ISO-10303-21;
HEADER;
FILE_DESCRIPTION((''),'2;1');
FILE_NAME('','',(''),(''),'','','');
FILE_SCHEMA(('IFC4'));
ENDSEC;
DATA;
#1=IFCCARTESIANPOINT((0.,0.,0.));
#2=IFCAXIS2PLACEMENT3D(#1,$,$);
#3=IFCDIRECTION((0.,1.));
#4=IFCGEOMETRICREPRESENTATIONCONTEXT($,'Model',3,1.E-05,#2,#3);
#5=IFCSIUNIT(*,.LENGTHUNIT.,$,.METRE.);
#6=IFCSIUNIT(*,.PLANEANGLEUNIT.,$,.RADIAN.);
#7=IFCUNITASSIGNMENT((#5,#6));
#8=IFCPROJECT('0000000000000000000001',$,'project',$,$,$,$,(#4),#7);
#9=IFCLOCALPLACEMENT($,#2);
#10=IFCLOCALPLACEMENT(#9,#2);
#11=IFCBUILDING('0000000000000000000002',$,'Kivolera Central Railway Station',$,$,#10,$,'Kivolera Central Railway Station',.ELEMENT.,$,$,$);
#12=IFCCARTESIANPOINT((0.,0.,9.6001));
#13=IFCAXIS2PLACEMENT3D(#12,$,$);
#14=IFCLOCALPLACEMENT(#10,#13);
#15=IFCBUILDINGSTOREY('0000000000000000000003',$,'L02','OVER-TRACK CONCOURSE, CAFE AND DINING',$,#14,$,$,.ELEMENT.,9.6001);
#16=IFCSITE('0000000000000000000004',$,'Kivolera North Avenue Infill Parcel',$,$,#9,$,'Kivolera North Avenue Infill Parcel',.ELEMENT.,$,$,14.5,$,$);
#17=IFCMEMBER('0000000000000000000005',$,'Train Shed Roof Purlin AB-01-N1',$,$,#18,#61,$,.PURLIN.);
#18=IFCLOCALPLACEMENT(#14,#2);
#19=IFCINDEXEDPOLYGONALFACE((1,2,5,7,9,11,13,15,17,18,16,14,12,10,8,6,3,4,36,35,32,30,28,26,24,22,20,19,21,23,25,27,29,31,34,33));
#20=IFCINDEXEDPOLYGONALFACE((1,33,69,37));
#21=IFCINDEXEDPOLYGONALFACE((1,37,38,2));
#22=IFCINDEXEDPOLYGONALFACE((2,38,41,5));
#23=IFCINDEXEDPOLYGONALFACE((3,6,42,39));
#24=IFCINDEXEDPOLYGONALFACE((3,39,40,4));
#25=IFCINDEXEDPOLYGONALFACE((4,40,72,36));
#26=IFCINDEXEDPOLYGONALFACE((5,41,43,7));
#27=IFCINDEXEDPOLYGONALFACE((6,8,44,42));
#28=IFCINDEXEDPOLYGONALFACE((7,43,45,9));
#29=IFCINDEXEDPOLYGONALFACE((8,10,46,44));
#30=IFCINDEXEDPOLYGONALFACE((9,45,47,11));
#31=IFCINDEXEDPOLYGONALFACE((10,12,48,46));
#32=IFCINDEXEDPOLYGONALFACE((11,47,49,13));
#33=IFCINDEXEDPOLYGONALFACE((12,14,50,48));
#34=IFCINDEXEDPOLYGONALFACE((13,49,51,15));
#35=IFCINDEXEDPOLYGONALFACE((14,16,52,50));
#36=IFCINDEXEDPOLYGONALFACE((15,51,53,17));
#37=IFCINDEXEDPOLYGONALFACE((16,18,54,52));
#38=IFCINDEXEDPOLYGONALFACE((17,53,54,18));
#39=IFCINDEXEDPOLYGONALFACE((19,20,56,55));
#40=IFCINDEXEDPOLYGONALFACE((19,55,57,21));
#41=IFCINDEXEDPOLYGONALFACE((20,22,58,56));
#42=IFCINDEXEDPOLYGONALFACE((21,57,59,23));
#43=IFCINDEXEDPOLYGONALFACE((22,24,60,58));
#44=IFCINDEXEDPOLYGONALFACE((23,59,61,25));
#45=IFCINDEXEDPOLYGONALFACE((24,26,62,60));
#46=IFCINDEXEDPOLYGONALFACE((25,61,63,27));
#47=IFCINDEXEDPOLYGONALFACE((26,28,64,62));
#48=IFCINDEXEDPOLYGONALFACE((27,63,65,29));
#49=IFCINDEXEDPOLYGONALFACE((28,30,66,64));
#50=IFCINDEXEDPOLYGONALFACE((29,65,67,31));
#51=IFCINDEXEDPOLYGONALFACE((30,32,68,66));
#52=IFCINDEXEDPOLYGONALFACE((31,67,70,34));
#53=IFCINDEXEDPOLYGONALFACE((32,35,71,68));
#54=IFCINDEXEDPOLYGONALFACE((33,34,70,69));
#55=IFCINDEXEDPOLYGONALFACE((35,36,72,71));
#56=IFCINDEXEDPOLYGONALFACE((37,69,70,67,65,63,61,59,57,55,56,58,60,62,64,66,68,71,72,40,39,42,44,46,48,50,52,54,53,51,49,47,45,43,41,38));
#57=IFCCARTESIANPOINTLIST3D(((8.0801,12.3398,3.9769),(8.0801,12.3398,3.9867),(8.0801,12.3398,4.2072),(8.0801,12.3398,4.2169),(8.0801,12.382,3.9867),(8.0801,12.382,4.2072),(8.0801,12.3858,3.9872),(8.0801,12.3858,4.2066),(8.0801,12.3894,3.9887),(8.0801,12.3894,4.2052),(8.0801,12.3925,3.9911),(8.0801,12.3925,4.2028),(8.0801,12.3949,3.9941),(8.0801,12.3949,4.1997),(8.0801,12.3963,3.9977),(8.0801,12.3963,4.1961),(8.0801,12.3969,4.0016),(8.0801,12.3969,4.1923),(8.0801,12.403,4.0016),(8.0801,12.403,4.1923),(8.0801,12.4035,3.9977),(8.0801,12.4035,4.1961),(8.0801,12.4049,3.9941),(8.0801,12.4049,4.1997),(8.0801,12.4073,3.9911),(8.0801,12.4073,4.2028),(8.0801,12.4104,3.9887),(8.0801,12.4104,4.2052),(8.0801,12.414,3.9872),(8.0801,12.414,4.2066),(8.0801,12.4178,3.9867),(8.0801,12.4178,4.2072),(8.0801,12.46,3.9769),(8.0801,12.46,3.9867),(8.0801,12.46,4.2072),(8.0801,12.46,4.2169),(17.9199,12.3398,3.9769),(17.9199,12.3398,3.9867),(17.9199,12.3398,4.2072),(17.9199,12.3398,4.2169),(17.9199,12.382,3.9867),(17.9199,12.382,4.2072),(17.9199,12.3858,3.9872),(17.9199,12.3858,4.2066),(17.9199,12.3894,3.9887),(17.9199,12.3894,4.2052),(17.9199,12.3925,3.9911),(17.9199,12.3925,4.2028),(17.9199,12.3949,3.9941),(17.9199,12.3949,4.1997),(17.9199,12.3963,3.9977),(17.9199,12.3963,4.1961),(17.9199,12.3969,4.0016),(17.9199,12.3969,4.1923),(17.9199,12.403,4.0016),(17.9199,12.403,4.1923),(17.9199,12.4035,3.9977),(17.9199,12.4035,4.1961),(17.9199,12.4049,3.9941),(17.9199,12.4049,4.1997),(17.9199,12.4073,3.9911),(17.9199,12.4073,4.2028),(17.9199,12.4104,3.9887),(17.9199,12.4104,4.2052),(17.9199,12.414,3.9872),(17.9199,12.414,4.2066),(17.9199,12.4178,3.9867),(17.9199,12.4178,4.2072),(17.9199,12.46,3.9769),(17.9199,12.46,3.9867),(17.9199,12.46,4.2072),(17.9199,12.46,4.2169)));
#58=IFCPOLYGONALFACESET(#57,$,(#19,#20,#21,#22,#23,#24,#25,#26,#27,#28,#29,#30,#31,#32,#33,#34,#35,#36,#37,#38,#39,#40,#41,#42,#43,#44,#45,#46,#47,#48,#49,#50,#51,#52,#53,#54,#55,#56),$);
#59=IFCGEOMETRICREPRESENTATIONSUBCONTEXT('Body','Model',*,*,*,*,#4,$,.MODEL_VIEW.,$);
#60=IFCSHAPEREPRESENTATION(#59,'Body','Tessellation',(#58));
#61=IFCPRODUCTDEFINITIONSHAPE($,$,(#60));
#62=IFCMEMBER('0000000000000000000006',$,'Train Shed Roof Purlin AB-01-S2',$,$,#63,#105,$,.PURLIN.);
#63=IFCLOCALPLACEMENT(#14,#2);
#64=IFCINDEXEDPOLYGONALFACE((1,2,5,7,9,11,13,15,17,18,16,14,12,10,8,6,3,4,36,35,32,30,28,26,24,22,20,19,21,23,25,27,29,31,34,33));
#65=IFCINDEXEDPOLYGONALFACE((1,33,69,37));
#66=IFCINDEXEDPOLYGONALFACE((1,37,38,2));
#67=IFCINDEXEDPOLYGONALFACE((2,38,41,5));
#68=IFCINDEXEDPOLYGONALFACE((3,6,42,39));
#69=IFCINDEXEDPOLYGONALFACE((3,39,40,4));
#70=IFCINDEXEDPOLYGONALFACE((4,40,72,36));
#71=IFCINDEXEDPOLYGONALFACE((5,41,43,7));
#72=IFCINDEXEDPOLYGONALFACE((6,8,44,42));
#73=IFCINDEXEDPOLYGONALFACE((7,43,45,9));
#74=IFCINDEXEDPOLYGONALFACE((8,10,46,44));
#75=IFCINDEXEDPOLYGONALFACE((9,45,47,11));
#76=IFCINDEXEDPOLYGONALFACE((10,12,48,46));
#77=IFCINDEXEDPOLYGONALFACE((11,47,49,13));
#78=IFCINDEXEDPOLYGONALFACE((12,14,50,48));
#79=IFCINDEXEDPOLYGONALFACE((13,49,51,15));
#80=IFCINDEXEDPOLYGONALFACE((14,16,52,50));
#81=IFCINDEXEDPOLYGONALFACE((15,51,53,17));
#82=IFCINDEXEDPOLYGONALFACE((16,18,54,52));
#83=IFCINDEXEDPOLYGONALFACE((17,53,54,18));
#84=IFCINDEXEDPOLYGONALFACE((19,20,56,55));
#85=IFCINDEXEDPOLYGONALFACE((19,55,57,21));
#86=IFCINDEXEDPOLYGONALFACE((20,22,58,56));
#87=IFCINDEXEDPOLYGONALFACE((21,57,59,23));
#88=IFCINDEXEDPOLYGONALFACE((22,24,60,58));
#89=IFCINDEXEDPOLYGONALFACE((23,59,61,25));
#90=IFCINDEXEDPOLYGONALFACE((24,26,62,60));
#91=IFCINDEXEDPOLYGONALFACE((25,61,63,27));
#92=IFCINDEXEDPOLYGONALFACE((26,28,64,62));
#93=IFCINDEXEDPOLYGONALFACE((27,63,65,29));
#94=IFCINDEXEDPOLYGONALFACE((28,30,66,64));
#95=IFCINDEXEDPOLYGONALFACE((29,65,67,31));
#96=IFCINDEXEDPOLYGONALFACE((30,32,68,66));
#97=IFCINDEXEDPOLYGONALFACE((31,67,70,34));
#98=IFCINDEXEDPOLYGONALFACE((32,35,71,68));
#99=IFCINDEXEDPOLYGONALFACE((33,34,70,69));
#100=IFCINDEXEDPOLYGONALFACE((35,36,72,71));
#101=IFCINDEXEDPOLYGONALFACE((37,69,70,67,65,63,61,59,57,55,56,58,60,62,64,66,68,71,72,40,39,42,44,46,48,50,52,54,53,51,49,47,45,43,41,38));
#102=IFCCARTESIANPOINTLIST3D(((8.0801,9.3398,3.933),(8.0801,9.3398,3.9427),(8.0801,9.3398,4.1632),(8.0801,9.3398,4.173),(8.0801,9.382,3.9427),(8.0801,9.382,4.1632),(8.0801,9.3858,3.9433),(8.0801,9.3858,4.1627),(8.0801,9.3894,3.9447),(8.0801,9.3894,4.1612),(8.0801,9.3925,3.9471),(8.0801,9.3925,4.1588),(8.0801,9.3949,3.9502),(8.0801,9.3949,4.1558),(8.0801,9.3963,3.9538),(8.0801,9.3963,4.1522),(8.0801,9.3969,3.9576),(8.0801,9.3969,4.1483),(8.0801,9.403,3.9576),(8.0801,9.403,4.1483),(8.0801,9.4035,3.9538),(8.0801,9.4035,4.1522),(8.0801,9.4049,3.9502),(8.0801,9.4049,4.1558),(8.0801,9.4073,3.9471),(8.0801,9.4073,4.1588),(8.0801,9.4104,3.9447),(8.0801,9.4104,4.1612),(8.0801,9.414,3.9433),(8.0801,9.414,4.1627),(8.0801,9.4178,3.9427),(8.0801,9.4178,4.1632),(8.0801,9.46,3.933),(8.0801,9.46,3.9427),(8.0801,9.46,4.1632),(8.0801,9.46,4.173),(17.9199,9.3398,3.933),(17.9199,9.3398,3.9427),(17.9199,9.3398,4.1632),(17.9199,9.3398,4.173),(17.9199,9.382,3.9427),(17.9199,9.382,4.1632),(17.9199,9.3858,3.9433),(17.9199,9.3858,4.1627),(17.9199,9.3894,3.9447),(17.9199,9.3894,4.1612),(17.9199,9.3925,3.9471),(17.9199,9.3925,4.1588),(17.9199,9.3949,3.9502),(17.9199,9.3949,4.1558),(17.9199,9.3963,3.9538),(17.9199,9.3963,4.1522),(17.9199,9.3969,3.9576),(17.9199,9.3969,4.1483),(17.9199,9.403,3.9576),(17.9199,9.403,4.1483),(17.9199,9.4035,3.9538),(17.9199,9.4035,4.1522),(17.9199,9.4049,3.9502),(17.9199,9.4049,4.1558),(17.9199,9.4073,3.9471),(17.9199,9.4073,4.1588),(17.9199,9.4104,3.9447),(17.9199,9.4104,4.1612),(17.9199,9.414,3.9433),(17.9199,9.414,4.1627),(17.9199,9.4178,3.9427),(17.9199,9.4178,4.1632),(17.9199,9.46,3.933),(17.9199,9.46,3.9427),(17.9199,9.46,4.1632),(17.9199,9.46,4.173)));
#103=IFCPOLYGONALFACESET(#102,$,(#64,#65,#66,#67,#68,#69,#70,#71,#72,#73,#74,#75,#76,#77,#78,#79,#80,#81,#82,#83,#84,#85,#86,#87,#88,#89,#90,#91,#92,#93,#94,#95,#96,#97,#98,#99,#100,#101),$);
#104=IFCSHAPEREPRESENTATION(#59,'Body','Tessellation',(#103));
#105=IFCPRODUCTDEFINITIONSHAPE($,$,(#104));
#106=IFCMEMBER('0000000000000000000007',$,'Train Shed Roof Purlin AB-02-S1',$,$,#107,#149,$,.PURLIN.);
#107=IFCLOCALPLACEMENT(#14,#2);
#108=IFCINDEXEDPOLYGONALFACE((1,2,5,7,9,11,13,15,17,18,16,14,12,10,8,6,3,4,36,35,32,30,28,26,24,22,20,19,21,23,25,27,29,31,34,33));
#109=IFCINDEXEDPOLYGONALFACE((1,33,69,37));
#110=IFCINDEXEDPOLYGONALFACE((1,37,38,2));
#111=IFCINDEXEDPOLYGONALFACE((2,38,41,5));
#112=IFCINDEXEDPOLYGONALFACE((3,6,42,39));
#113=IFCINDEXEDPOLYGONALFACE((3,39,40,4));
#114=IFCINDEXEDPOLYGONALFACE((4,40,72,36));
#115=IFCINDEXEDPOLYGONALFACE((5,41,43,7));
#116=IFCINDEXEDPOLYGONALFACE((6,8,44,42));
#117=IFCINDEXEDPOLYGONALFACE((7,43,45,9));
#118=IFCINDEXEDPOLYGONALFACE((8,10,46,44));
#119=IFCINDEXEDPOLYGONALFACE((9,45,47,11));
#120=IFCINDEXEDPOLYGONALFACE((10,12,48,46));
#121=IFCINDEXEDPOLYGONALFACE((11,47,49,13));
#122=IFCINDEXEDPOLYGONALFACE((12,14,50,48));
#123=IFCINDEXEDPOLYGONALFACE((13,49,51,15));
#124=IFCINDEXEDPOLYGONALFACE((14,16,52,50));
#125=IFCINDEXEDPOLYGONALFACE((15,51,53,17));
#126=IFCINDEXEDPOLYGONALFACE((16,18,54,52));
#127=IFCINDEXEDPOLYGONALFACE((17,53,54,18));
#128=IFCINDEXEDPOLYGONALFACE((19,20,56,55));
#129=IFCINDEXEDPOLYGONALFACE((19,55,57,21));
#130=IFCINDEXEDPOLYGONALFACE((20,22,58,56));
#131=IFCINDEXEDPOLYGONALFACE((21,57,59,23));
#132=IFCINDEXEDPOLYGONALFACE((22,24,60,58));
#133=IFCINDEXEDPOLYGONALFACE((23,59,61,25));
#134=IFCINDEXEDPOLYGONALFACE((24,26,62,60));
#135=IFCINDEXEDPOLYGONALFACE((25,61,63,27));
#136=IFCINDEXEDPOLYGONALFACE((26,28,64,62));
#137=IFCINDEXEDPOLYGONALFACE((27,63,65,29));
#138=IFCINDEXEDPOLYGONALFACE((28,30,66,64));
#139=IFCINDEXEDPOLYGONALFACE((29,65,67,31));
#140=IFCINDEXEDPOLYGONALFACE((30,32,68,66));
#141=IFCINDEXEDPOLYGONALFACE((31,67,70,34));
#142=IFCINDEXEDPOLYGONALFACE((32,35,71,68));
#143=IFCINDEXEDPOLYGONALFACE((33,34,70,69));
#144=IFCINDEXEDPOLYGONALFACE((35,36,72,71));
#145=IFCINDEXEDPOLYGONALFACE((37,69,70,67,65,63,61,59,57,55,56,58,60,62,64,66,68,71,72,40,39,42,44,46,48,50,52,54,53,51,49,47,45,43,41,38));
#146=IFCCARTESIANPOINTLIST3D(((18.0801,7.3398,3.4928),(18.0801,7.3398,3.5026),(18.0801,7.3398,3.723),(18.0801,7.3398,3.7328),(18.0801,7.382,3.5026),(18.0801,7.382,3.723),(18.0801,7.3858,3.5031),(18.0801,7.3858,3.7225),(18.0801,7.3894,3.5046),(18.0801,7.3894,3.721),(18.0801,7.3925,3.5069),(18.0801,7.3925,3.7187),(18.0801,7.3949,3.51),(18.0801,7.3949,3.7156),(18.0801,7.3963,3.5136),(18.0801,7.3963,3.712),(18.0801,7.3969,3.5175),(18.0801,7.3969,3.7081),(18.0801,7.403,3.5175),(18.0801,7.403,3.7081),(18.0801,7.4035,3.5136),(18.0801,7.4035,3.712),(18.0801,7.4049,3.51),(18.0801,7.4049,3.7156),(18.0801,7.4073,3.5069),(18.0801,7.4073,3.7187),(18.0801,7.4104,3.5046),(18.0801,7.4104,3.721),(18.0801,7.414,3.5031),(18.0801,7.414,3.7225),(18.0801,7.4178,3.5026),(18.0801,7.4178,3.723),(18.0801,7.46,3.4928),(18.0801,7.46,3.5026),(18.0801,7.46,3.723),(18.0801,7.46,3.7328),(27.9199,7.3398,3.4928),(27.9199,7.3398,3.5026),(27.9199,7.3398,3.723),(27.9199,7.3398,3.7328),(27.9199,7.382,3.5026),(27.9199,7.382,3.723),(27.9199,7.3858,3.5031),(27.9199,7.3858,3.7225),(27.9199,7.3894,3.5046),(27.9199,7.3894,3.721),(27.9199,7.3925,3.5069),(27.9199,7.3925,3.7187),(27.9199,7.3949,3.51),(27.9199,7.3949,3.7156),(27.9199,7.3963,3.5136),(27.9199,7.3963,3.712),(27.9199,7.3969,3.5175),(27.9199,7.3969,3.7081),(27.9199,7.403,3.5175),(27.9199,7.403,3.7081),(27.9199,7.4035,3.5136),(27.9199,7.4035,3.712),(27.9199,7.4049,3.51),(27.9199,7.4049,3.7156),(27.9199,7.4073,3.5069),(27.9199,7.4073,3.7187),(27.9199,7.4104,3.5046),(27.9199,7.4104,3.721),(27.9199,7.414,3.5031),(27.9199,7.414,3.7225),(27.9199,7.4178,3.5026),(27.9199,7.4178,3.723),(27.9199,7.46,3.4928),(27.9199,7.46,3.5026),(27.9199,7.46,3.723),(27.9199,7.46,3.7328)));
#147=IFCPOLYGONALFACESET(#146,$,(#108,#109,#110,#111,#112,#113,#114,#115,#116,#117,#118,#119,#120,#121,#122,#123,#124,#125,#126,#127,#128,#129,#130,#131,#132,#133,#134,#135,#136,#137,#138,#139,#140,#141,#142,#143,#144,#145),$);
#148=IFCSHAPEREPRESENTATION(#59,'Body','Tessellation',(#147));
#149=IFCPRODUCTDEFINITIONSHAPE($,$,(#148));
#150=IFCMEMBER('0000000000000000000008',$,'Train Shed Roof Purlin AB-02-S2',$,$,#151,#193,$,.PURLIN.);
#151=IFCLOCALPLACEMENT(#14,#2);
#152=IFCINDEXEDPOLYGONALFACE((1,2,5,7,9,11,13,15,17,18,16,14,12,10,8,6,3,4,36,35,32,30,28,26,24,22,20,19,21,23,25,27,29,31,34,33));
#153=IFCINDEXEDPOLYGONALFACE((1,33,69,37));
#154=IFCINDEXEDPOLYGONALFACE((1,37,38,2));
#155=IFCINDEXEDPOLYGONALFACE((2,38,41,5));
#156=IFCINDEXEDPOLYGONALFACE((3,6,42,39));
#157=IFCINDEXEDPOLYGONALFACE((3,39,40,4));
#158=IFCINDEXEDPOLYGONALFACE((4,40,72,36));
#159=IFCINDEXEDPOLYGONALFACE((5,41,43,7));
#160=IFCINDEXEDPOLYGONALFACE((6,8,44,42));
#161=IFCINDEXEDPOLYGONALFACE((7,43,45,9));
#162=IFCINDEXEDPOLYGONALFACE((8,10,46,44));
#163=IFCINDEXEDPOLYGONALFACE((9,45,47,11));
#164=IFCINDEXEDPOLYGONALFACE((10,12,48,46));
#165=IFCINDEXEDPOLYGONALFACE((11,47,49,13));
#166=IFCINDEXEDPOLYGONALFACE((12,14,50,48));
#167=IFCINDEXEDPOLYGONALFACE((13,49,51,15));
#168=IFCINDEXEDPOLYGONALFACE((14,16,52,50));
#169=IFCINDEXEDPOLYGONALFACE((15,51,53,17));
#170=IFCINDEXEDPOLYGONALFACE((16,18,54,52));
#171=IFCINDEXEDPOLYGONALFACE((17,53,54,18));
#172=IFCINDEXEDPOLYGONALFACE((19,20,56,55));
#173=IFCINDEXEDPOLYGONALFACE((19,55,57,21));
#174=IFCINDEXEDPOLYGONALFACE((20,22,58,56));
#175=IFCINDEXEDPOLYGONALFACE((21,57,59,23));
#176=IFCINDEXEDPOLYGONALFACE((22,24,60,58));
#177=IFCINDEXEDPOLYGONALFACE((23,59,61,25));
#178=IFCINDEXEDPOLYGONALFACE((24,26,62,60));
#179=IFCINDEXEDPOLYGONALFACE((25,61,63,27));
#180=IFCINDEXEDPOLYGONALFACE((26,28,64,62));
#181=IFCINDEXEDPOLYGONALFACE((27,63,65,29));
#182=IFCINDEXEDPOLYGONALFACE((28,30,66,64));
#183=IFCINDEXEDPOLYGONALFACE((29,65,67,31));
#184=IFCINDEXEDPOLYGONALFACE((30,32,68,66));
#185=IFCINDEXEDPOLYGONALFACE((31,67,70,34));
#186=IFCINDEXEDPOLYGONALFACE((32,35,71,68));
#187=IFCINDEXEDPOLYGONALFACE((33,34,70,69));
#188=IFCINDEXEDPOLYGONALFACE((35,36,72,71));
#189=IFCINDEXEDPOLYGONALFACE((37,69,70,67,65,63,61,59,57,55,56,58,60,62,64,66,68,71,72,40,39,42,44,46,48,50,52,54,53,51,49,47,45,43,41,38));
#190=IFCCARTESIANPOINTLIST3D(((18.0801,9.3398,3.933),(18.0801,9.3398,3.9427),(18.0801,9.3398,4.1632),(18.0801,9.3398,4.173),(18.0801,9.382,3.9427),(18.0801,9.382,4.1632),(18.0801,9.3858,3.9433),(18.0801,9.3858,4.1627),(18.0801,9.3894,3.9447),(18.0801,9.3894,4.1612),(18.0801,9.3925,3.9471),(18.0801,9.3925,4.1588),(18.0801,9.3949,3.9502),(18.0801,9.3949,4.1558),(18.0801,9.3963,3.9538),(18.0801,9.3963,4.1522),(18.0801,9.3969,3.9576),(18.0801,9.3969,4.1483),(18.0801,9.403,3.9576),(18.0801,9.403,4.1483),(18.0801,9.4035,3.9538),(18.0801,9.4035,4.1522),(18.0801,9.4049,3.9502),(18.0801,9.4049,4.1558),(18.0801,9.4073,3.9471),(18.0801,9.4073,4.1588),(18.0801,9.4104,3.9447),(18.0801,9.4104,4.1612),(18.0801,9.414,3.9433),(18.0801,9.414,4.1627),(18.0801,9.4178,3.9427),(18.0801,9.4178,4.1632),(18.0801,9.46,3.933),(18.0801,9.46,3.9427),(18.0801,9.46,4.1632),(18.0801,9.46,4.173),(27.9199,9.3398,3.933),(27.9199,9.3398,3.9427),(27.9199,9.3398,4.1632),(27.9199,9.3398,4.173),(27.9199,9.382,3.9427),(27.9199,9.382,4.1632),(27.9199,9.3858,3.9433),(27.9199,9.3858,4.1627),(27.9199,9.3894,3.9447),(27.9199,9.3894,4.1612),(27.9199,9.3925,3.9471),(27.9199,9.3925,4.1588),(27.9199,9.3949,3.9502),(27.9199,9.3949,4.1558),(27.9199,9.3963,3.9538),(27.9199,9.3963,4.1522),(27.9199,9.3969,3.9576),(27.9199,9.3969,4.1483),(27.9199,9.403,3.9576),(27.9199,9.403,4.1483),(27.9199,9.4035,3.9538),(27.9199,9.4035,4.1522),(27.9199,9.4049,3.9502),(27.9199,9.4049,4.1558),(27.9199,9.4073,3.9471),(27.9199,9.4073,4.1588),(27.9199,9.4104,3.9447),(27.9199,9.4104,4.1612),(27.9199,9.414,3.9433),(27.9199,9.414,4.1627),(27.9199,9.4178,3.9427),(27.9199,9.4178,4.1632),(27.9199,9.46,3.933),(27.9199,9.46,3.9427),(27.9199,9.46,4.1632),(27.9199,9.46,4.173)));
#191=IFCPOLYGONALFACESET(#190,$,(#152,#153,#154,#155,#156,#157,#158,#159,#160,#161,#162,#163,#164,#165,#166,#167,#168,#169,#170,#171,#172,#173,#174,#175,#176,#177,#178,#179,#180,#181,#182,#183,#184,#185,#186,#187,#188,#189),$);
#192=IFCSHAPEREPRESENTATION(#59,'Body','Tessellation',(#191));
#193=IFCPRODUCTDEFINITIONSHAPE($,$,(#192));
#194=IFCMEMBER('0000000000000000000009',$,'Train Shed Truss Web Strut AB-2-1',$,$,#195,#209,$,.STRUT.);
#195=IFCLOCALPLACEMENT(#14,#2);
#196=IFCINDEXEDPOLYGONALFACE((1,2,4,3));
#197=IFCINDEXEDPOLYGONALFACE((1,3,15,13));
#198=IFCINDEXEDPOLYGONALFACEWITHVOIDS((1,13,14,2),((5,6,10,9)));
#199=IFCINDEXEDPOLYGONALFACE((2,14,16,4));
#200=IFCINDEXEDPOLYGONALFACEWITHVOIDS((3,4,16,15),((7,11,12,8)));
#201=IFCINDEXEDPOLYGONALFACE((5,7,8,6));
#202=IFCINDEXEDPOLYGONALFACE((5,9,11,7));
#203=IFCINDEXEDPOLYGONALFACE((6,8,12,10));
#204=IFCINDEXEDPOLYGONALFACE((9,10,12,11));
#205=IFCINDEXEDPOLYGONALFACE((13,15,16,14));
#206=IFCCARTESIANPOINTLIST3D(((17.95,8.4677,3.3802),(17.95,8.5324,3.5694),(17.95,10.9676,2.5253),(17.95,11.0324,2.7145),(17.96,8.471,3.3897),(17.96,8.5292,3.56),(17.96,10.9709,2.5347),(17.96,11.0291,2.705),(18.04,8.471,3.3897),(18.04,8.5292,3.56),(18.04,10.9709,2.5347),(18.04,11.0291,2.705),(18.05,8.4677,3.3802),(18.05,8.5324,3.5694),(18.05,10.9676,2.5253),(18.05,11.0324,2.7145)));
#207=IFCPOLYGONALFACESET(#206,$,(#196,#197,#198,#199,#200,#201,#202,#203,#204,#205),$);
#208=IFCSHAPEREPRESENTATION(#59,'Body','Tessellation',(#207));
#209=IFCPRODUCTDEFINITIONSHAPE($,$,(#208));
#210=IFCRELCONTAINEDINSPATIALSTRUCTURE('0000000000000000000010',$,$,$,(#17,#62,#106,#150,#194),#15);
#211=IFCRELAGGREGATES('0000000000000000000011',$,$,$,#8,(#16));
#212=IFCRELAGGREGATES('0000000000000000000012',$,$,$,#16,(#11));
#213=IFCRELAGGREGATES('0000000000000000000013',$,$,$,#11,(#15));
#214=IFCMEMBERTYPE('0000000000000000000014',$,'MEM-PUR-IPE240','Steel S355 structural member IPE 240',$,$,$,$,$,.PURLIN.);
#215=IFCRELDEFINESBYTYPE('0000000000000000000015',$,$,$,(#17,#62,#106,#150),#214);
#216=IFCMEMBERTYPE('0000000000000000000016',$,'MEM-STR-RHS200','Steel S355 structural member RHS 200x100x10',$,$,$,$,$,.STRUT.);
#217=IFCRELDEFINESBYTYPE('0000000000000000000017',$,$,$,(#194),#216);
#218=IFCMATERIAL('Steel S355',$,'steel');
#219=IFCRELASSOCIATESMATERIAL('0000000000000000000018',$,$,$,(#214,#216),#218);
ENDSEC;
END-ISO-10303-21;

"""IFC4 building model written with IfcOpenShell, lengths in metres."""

from ifc_helpers import new_model, si_unit, direction, frame, origin, origin_2d, place, context, subcontext, project, spatial, hollow_rectangle, i_section, extrude, material, material_profile, profile_set, type_object, element, save


model = new_model("IFC4")

# Units and contexts
model_context = context("Model", 3, precision=1e-05, world=origin(), true_north=direction((0.0, 1.0)))
body_context = subcontext(model_context, "Body", "Model", "MODEL_VIEW")
ifc_project = project(units=[si_unit("LENGTHUNIT", "METRE"), si_unit("PLANEANGLEUNIT", "RADIAN")], contexts=[model_context])

# Site, building, storey
site_placement = place(None, origin())
site = spatial("IfcSite", under=ifc_project, at=site_placement, Name="Kivolera North Avenue Infill Parcel", LongName="Kivolera North Avenue Infill Parcel", CompositionType="ELEMENT", RefElevation=14.5)
building_placement = place(site_placement, origin())
building = spatial("IfcBuilding", under=site, at=building_placement, Name="Kivolera Central Railway Station", LongName="Kivolera Central Railway Station", CompositionType="ELEMENT")
storey_placement = place(building_placement, frame((0.0, 0.0, 9.6001)))
storey = spatial("IfcBuildingStorey", under=building, at=storey_placement, Name="L02", Description="OVER-TRACK CONCOURSE, CAFE AND DINING", CompositionType="ELEMENT", Elevation=9.6001)

# Shared definitions
ifc_material_1 = material(Name="Steel S355", Category="steel")

# Members
ifc_material_profile_1 = material_profile(ifc_material_1, i_section(OverallWidth=0.1201, OverallDepth=0.24, WebThickness=0.0061, FlangeThickness=0.0098, FilletRadius=0.0149, at=origin_2d()), Name="IPE 240")
ifc_profile_set_1 = profile_set([ifc_material_profile_1], Name="Steel S355")
member_type_1 = type_object("IfcMemberType", Name="MEM-PUR-IPE240", Description="Steel S355 structural member IPE 240", PredefinedType="PURLIN", material=ifc_profile_set_1)
for number, where, z_axis, x_axis, name in (
    (1, (8.0801, 12.3999, 4.0969), (1.0, 0.0, 0.0), (0.0, 1.0, 0.0), "Train Shed Roof Purlin AB-01-N1"),
    (2, (8.0801, 9.3999, 4.053), (1.0, 0.0, 0.0), (0.0, 1.0, 0.0), "Train Shed Roof Purlin AB-01-S2"),
    (3, (18.0801, 7.3999, 3.6128), (1.0, 0.0, 0.0), (0.0, 1.0, 0.0), "Train Shed Roof Purlin AB-02-S1"),
    (4, (18.0801, 9.3999, 4.053), (1.0, 0.0, 0.0), (0.0, 1.0, 0.0), "Train Shed Roof Purlin AB-02-S2"),
):
    element("IfcMember", number, at=place(storey_placement, frame(where, z_axis=z_axis, x_axis=x_axis)), inside=storey, type_object=member_type_1, Name=name, PredefinedType="PURLIN", context=body_context, shape_type="SweptSolid", body=[
        extrude(i_section(OverallWidth=0.1201, OverallDepth=0.24, WebThickness=0.0061, FlangeThickness=0.0098, FilletRadius=0.0149, at=origin_2d()), origin(), (0.0, 0.0, 1.0), 9.8398),
    ])
ifc_material_profile_2 = material_profile(ifc_material_1, hollow_rectangle(XDim=0.1001, YDim=0.2, WallThickness=0.01, at=origin_2d()), Name="RHS 200x100x10")
ifc_profile_set_2 = profile_set([ifc_material_profile_2], Name="Steel S355")
member_type_2 = type_object("IfcMemberType", Name="MEM-STR-RHS200", Description="Steel S355 structural member RHS 200x100x10", PredefinedType="STRUT", material=ifc_profile_set_2)
for number, where, z_axis, x_axis, name in (
    (5, (18.0, 11.0, 2.6199), (0.0, -0.946197, 0.323592), (1.0, 0.0, 0.0), "Train Shed Truss Web Strut AB-2-1"),
):
    element("IfcMember", number, at=place(storey_placement, frame(where, z_axis=z_axis, x_axis=x_axis)), inside=storey, type_object=member_type_2, Name=name, PredefinedType="STRUT", context=body_context, shape_type="SweptSolid", body=[
        extrude(hollow_rectangle(XDim=0.1001, YDim=0.2, WallThickness=0.01, at=origin_2d()), origin(), (0.0, 0.0, 1.0), 2.6421),
    ])

save(model, "model.ifc")
